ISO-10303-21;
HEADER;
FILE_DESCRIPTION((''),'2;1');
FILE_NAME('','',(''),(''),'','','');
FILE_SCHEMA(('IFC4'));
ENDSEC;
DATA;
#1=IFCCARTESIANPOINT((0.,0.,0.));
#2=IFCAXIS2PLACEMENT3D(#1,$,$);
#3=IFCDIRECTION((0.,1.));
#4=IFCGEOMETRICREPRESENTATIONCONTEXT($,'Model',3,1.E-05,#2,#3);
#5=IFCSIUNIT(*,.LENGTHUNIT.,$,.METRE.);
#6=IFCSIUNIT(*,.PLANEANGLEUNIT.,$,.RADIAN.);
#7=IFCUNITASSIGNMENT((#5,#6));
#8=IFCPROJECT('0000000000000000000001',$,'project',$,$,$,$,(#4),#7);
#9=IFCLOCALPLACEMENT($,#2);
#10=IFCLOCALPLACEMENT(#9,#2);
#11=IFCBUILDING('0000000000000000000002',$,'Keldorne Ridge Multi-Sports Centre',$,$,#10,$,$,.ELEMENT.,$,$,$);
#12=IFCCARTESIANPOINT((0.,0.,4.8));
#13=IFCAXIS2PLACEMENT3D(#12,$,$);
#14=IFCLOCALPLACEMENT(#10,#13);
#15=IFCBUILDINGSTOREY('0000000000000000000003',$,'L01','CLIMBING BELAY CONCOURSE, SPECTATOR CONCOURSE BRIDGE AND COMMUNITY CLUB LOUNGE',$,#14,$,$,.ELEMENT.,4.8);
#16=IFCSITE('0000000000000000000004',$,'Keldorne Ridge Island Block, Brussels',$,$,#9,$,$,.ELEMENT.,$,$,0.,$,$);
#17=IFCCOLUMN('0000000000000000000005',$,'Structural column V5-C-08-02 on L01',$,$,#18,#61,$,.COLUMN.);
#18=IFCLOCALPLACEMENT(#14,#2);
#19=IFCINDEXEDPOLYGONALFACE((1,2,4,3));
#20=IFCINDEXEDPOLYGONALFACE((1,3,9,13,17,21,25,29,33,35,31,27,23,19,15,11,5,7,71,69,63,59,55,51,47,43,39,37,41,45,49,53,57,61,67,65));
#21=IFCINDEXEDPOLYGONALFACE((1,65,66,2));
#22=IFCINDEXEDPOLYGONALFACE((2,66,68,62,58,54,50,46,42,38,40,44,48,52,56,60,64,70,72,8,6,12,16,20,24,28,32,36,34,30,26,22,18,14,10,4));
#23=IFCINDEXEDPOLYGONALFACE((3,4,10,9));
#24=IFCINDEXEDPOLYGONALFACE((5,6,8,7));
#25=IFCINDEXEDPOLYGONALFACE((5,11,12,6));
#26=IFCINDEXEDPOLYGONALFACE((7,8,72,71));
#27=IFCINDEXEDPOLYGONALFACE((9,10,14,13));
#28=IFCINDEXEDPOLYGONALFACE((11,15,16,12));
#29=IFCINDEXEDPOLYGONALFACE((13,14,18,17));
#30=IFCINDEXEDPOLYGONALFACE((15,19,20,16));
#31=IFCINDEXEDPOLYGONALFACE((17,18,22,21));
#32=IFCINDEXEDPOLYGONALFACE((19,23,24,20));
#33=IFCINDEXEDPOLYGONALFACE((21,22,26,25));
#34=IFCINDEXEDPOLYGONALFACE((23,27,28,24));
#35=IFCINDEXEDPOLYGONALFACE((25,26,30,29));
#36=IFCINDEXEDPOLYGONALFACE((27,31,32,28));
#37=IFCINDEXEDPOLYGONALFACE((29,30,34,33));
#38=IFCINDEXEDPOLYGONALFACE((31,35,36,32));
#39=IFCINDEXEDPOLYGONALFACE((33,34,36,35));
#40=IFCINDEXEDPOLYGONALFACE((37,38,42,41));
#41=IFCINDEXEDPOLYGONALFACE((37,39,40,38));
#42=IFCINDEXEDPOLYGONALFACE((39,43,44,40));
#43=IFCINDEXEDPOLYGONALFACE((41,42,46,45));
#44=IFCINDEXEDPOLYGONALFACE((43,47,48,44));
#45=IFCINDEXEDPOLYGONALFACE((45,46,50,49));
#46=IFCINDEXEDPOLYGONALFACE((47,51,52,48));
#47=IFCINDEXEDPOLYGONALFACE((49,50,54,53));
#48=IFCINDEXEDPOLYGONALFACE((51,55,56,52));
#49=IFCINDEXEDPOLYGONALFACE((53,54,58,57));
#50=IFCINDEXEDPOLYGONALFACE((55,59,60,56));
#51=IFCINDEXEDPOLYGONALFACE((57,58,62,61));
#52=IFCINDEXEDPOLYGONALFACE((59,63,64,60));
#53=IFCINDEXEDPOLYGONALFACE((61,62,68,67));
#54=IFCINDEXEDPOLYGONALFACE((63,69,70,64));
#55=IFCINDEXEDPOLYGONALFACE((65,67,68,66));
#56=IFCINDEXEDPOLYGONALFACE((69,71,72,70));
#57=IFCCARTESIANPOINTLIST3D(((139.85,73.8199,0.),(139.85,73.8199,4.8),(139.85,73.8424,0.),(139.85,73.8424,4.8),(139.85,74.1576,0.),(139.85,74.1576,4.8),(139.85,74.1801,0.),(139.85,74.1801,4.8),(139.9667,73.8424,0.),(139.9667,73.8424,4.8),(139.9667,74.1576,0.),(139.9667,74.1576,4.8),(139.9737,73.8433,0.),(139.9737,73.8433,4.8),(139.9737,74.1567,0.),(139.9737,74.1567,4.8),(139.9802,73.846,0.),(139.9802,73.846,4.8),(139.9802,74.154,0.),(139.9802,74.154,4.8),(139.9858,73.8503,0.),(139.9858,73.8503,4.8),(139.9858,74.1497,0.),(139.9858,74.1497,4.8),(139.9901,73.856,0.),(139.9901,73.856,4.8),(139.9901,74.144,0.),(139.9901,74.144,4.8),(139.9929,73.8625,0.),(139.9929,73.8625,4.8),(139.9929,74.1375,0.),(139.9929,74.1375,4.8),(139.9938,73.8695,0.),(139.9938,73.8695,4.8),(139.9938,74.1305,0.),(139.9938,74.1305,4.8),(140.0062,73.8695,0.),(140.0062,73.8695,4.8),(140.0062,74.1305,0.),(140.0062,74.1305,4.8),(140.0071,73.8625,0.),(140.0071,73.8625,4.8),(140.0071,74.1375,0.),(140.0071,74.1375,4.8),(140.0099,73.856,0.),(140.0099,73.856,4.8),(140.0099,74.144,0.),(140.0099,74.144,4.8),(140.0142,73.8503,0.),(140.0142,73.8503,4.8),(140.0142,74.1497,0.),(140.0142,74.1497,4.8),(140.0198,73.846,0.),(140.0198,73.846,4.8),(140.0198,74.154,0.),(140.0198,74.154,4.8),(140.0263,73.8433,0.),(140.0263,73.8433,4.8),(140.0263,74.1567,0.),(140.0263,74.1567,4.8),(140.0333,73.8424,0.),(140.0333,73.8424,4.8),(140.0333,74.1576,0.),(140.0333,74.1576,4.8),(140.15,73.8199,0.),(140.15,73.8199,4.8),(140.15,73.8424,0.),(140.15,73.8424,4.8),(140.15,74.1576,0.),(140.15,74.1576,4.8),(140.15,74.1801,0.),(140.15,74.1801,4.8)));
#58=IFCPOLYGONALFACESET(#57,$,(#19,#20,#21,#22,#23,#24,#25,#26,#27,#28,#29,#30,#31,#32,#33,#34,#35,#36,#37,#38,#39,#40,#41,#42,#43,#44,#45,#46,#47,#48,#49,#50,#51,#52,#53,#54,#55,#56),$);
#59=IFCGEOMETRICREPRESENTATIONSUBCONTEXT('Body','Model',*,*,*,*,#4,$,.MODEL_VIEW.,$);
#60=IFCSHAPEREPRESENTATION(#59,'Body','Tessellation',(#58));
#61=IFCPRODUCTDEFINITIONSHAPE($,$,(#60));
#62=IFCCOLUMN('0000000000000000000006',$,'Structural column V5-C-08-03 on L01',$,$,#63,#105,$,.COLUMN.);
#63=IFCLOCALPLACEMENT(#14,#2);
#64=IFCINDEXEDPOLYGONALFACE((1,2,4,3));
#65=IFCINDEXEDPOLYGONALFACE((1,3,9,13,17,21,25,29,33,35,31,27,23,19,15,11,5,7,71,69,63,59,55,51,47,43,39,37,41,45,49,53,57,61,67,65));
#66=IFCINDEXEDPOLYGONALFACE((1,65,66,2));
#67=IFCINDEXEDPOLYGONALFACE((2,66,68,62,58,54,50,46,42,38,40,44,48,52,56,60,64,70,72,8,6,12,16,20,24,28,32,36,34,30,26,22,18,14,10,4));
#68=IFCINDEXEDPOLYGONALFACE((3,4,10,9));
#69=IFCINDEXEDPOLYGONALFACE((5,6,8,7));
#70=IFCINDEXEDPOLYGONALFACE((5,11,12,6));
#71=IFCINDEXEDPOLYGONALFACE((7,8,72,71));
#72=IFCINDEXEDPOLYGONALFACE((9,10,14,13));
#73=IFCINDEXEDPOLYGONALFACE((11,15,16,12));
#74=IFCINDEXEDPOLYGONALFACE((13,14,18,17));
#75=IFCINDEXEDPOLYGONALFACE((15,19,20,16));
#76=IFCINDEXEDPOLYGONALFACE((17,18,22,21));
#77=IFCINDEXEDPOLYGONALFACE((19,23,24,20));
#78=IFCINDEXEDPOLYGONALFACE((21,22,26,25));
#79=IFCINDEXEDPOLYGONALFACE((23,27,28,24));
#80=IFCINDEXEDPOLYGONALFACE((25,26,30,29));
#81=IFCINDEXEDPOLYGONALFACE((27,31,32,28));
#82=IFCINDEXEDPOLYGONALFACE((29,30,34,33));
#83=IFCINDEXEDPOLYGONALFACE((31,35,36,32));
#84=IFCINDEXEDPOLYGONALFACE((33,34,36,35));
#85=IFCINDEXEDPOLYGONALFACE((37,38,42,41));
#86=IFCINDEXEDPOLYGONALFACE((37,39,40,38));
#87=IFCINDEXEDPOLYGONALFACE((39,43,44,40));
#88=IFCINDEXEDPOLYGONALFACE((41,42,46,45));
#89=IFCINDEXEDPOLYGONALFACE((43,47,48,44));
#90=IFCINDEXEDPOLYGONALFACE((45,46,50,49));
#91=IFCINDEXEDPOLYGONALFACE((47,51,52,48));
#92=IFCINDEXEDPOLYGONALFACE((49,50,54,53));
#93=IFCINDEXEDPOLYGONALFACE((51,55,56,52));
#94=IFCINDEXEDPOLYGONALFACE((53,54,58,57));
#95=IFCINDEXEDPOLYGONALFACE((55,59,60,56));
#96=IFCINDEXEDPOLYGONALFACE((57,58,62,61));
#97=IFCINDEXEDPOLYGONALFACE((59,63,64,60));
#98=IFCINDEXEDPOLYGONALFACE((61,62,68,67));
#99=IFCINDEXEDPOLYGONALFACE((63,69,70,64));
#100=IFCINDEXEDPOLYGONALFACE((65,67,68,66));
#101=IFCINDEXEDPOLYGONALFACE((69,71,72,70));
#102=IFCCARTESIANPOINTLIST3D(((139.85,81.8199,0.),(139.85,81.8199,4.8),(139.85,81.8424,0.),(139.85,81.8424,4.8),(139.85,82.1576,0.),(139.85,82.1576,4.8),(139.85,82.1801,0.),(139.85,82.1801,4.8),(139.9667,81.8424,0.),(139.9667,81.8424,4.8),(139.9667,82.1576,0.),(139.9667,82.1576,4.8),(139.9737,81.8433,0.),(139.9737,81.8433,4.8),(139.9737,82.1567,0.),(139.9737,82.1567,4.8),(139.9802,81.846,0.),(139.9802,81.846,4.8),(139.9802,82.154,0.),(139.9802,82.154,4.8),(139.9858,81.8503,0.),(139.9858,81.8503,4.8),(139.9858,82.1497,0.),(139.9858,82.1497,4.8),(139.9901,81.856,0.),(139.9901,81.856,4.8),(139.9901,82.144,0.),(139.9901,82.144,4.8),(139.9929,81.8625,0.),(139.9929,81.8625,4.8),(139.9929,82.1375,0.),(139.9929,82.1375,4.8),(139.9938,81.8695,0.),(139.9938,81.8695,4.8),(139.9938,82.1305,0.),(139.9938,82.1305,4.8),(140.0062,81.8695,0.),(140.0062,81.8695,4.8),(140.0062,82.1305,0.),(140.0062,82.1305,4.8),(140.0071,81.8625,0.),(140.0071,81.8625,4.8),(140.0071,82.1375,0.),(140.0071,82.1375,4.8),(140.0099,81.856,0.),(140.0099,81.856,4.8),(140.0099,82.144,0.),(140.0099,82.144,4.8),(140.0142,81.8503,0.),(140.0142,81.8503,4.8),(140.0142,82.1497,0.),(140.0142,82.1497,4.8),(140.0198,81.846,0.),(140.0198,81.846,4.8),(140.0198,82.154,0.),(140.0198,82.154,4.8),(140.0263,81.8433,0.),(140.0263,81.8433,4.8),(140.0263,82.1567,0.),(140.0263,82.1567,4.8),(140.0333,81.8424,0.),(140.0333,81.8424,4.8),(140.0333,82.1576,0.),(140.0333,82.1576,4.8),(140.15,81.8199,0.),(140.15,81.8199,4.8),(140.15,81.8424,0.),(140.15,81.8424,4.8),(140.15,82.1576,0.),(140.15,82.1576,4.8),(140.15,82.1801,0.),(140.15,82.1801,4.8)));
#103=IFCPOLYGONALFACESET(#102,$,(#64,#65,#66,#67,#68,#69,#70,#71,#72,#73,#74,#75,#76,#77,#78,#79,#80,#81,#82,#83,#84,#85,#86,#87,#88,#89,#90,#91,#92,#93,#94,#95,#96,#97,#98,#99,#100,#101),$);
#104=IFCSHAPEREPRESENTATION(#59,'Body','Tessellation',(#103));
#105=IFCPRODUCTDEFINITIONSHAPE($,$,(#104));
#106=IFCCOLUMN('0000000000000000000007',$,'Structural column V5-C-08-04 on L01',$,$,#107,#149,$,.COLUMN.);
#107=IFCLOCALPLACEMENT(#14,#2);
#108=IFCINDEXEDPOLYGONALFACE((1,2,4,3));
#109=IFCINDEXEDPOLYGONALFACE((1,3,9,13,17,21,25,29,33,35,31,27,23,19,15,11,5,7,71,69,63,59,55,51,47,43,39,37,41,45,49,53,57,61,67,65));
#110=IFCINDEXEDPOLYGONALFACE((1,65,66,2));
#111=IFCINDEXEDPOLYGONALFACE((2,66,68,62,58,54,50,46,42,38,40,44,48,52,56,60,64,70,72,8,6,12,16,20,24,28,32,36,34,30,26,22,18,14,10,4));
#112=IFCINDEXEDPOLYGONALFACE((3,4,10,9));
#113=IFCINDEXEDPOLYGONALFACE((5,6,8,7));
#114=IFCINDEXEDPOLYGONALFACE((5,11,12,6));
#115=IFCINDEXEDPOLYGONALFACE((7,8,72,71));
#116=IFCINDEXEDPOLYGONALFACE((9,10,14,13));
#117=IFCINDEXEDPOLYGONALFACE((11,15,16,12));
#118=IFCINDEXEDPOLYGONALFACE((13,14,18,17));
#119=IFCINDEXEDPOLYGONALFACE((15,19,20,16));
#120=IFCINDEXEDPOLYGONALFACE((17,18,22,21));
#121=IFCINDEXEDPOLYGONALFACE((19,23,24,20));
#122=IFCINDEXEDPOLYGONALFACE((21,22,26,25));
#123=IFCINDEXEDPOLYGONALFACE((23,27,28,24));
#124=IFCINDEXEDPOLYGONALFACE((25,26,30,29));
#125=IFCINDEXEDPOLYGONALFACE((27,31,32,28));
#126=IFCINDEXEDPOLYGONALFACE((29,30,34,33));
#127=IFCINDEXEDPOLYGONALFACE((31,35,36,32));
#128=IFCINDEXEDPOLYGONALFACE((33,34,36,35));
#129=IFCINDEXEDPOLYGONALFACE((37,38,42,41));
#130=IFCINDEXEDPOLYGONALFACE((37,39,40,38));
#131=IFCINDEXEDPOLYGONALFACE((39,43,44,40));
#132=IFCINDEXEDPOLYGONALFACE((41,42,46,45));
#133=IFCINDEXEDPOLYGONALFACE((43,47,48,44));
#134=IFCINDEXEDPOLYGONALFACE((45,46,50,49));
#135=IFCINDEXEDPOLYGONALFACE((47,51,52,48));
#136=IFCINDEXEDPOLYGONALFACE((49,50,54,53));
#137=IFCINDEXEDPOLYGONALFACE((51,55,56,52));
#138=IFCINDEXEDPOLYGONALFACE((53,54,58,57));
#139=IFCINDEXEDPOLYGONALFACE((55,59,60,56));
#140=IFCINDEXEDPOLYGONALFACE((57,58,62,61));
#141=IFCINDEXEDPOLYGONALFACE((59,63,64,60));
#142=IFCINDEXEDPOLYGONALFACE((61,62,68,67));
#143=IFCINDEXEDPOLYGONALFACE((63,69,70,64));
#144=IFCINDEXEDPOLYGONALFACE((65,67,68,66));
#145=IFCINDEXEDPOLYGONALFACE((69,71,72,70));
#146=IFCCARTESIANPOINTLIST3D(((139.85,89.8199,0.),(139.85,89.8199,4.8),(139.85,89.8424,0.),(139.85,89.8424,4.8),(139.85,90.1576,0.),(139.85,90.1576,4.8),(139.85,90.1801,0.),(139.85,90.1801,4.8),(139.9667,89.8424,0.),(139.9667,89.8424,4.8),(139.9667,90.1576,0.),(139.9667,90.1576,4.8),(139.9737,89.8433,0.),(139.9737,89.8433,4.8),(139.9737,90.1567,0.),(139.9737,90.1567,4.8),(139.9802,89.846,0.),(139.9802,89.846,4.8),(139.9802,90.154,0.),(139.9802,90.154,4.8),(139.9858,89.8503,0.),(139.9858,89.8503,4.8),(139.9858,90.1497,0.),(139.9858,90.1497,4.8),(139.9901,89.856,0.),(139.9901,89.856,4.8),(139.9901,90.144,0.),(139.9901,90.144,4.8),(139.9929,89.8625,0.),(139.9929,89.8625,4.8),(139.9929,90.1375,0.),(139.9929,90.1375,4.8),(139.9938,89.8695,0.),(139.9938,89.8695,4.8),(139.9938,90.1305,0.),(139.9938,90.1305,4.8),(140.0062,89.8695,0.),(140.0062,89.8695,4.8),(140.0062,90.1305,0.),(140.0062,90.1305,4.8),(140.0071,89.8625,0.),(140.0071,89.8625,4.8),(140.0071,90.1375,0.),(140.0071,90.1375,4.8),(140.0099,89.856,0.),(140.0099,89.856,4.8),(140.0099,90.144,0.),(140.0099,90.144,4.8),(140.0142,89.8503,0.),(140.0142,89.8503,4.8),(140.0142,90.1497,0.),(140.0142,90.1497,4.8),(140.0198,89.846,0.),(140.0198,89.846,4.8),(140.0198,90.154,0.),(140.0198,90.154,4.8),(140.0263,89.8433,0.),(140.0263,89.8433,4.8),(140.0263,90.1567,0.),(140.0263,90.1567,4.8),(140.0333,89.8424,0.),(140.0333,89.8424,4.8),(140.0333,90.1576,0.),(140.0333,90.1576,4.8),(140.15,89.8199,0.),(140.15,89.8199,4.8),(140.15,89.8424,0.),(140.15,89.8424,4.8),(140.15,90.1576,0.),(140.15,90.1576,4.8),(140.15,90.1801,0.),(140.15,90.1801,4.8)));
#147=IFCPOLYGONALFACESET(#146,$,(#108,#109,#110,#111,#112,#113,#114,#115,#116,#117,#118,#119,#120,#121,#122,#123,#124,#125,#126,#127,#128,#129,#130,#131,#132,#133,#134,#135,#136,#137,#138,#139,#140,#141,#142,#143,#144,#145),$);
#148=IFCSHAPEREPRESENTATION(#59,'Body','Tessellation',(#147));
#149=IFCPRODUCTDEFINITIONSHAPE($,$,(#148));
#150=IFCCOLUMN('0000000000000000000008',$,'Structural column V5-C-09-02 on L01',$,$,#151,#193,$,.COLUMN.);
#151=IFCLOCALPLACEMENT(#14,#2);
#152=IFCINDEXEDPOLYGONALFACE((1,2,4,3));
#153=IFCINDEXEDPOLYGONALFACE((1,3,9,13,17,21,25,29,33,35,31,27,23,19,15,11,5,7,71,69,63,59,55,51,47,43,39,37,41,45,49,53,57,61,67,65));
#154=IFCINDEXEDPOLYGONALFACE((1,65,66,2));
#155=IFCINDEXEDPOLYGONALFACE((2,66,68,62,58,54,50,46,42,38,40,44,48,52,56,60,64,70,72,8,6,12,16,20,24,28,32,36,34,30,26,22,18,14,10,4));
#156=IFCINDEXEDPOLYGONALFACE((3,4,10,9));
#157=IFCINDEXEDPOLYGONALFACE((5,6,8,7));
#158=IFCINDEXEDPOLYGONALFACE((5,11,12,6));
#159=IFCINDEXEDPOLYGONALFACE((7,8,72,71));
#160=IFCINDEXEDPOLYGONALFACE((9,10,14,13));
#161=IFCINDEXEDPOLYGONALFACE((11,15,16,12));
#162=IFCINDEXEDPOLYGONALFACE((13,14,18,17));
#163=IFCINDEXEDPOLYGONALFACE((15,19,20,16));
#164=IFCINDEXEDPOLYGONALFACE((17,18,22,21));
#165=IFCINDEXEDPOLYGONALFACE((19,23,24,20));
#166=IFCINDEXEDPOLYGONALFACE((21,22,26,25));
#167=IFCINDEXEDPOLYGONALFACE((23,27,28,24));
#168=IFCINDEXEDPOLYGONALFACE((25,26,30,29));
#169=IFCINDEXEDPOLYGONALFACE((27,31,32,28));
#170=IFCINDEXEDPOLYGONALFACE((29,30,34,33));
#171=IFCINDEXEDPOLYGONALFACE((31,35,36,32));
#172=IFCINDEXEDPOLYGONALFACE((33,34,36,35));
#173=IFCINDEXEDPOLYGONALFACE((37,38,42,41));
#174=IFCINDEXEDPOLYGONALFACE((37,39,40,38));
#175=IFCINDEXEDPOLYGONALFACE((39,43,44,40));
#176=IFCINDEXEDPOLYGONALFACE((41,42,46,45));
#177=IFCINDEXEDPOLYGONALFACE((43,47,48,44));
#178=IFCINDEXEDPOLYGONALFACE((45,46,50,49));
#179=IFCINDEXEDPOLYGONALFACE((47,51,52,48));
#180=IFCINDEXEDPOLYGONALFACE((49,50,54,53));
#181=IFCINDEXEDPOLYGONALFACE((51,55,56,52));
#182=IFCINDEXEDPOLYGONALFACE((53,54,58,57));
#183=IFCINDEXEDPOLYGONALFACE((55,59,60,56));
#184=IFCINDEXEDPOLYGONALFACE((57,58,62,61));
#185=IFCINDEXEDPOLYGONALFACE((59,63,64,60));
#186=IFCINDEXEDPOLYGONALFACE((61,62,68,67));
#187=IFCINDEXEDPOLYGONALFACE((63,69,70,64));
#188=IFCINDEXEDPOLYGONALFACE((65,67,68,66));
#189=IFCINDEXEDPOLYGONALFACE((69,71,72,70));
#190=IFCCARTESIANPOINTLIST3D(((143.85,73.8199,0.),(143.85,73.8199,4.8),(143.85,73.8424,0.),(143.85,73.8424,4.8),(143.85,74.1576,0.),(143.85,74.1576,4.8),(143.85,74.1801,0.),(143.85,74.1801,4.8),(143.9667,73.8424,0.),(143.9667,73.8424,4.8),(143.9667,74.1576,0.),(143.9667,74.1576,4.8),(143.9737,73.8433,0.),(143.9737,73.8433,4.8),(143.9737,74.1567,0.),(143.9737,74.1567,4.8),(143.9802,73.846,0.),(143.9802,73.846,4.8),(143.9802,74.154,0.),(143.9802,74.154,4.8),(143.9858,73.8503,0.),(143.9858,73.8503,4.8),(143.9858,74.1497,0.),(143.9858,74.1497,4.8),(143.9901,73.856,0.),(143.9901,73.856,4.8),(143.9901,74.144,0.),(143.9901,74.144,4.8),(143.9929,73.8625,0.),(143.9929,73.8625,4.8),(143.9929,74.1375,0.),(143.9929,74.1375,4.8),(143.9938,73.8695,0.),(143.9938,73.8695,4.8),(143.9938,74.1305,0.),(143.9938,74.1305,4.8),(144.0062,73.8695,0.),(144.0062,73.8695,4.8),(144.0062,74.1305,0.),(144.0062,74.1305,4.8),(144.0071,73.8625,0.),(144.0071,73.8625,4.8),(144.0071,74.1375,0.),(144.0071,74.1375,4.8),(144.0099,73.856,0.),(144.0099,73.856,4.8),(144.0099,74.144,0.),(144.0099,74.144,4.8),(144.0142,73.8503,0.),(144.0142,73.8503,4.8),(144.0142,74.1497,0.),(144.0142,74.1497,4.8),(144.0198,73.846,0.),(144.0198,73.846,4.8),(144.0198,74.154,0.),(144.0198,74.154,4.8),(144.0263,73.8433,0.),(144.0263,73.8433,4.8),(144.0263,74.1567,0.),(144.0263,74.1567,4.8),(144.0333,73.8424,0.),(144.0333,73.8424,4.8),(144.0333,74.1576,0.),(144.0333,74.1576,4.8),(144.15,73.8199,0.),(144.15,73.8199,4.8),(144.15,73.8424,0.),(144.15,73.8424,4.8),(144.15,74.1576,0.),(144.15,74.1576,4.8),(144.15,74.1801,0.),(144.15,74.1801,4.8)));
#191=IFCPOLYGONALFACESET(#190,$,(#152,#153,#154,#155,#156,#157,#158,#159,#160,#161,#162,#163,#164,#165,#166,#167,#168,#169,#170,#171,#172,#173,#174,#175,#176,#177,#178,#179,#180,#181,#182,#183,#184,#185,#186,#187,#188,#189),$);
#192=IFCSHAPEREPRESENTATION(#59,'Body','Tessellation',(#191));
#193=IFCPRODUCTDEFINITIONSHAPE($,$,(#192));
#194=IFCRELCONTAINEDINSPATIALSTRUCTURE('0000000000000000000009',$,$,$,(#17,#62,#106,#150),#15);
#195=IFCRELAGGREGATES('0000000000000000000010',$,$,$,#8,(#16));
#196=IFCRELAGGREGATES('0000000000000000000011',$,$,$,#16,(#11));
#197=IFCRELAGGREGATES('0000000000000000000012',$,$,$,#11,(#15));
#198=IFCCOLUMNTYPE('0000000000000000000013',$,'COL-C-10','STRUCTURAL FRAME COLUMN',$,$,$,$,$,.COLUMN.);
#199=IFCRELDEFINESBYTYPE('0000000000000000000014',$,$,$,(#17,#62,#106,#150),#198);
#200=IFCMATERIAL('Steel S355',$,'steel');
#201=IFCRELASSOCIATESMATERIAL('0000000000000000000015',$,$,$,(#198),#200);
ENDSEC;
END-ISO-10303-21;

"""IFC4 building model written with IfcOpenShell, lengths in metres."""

from ifc_helpers import new_model, si_unit, direction, frame, origin, origin_2d, place, context, subcontext, project, spatial, i_section, extrude, material, material_profile, profile_set, type_object, element, save


model = new_model("IFC4")

# Units and contexts
model_context = context("Model", 3, precision=1e-05, world=origin(), true_north=direction((0.0, 1.0)))
body_context = subcontext(model_context, "Body", "Model", "MODEL_VIEW")
ifc_project = project(units=[si_unit("LENGTHUNIT", "METRE"), si_unit("PLANEANGLEUNIT", "RADIAN")], contexts=[model_context])

# Site, building, storey
site_placement = place(None, origin())
site = spatial("IfcSite", under=ifc_project, at=site_placement, Name="Keldorne Ridge Island Block, Brussels", CompositionType="ELEMENT", RefElevation=0.0)
building_placement = place(site_placement, origin())
building = spatial("IfcBuilding", under=site, at=building_placement, Name="Keldorne Ridge Multi-Sports Centre", CompositionType="ELEMENT")
storey_placement = place(building_placement, frame((0.0, 0.0, 4.8)))
storey = spatial("IfcBuildingStorey", under=building, at=storey_placement, Name="L01", Description="CLIMBING BELAY CONCOURSE, SPECTATOR CONCOURSE BRIDGE AND COMMUNITY CLUB LOUNGE", CompositionType="ELEMENT", Elevation=4.8)

# Columns
ifc_material_1 = material(Name="Steel S355", Category="steel")
ifc_material_profile_1 = material_profile(ifc_material_1, i_section(OverallWidth=0.3, OverallDepth=0.3601, WebThickness=0.0125, FlangeThickness=0.0225, FilletRadius=0.0271, at=origin_2d()), Name="HEB 360")
ifc_profile_set_1 = profile_set([ifc_material_profile_1], Name="Steel S355")
column_type = type_object("IfcColumnType", Name="COL-C-10", Description="STRUCTURAL FRAME COLUMN", PredefinedType="COLUMN", material=ifc_profile_set_1)
for number, where, z_axis, x_axis, name in (
    (1, (140.0, 74.0, 0.0), (0.0, 0.0, 1.0), (1.0, 0.0, 0.0), "Structural column V5-C-08-02 on L01"),
    (2, (140.0, 82.0, 0.0), (0.0, 0.0, 1.0), (1.0, 0.0, 0.0), "Structural column V5-C-08-03 on L01"),
    (3, (140.0, 90.0, 0.0), (0.0, 0.0, 1.0), (1.0, 0.0, 0.0), "Structural column V5-C-08-04 on L01"),
    (4, (144.0, 74.0, 0.0), (0.0, 0.0, 1.0), (1.0, 0.0, 0.0), "Structural column V5-C-09-02 on L01"),
):
    element("IfcColumn", number, at=place(storey_placement, frame(where, z_axis=z_axis, x_axis=x_axis)), inside=storey, type_object=column_type, Name=name, PredefinedType="COLUMN", context=body_context, shape_type="SweptSolid", body=[
        extrude(i_section(OverallWidth=0.3, OverallDepth=0.3601, WebThickness=0.0125, FlangeThickness=0.0225, FilletRadius=0.0271, at=origin_2d()), origin(), (0.0, 0.0, 1.0), 4.8),
    ])

save(model, "model.ifc")
